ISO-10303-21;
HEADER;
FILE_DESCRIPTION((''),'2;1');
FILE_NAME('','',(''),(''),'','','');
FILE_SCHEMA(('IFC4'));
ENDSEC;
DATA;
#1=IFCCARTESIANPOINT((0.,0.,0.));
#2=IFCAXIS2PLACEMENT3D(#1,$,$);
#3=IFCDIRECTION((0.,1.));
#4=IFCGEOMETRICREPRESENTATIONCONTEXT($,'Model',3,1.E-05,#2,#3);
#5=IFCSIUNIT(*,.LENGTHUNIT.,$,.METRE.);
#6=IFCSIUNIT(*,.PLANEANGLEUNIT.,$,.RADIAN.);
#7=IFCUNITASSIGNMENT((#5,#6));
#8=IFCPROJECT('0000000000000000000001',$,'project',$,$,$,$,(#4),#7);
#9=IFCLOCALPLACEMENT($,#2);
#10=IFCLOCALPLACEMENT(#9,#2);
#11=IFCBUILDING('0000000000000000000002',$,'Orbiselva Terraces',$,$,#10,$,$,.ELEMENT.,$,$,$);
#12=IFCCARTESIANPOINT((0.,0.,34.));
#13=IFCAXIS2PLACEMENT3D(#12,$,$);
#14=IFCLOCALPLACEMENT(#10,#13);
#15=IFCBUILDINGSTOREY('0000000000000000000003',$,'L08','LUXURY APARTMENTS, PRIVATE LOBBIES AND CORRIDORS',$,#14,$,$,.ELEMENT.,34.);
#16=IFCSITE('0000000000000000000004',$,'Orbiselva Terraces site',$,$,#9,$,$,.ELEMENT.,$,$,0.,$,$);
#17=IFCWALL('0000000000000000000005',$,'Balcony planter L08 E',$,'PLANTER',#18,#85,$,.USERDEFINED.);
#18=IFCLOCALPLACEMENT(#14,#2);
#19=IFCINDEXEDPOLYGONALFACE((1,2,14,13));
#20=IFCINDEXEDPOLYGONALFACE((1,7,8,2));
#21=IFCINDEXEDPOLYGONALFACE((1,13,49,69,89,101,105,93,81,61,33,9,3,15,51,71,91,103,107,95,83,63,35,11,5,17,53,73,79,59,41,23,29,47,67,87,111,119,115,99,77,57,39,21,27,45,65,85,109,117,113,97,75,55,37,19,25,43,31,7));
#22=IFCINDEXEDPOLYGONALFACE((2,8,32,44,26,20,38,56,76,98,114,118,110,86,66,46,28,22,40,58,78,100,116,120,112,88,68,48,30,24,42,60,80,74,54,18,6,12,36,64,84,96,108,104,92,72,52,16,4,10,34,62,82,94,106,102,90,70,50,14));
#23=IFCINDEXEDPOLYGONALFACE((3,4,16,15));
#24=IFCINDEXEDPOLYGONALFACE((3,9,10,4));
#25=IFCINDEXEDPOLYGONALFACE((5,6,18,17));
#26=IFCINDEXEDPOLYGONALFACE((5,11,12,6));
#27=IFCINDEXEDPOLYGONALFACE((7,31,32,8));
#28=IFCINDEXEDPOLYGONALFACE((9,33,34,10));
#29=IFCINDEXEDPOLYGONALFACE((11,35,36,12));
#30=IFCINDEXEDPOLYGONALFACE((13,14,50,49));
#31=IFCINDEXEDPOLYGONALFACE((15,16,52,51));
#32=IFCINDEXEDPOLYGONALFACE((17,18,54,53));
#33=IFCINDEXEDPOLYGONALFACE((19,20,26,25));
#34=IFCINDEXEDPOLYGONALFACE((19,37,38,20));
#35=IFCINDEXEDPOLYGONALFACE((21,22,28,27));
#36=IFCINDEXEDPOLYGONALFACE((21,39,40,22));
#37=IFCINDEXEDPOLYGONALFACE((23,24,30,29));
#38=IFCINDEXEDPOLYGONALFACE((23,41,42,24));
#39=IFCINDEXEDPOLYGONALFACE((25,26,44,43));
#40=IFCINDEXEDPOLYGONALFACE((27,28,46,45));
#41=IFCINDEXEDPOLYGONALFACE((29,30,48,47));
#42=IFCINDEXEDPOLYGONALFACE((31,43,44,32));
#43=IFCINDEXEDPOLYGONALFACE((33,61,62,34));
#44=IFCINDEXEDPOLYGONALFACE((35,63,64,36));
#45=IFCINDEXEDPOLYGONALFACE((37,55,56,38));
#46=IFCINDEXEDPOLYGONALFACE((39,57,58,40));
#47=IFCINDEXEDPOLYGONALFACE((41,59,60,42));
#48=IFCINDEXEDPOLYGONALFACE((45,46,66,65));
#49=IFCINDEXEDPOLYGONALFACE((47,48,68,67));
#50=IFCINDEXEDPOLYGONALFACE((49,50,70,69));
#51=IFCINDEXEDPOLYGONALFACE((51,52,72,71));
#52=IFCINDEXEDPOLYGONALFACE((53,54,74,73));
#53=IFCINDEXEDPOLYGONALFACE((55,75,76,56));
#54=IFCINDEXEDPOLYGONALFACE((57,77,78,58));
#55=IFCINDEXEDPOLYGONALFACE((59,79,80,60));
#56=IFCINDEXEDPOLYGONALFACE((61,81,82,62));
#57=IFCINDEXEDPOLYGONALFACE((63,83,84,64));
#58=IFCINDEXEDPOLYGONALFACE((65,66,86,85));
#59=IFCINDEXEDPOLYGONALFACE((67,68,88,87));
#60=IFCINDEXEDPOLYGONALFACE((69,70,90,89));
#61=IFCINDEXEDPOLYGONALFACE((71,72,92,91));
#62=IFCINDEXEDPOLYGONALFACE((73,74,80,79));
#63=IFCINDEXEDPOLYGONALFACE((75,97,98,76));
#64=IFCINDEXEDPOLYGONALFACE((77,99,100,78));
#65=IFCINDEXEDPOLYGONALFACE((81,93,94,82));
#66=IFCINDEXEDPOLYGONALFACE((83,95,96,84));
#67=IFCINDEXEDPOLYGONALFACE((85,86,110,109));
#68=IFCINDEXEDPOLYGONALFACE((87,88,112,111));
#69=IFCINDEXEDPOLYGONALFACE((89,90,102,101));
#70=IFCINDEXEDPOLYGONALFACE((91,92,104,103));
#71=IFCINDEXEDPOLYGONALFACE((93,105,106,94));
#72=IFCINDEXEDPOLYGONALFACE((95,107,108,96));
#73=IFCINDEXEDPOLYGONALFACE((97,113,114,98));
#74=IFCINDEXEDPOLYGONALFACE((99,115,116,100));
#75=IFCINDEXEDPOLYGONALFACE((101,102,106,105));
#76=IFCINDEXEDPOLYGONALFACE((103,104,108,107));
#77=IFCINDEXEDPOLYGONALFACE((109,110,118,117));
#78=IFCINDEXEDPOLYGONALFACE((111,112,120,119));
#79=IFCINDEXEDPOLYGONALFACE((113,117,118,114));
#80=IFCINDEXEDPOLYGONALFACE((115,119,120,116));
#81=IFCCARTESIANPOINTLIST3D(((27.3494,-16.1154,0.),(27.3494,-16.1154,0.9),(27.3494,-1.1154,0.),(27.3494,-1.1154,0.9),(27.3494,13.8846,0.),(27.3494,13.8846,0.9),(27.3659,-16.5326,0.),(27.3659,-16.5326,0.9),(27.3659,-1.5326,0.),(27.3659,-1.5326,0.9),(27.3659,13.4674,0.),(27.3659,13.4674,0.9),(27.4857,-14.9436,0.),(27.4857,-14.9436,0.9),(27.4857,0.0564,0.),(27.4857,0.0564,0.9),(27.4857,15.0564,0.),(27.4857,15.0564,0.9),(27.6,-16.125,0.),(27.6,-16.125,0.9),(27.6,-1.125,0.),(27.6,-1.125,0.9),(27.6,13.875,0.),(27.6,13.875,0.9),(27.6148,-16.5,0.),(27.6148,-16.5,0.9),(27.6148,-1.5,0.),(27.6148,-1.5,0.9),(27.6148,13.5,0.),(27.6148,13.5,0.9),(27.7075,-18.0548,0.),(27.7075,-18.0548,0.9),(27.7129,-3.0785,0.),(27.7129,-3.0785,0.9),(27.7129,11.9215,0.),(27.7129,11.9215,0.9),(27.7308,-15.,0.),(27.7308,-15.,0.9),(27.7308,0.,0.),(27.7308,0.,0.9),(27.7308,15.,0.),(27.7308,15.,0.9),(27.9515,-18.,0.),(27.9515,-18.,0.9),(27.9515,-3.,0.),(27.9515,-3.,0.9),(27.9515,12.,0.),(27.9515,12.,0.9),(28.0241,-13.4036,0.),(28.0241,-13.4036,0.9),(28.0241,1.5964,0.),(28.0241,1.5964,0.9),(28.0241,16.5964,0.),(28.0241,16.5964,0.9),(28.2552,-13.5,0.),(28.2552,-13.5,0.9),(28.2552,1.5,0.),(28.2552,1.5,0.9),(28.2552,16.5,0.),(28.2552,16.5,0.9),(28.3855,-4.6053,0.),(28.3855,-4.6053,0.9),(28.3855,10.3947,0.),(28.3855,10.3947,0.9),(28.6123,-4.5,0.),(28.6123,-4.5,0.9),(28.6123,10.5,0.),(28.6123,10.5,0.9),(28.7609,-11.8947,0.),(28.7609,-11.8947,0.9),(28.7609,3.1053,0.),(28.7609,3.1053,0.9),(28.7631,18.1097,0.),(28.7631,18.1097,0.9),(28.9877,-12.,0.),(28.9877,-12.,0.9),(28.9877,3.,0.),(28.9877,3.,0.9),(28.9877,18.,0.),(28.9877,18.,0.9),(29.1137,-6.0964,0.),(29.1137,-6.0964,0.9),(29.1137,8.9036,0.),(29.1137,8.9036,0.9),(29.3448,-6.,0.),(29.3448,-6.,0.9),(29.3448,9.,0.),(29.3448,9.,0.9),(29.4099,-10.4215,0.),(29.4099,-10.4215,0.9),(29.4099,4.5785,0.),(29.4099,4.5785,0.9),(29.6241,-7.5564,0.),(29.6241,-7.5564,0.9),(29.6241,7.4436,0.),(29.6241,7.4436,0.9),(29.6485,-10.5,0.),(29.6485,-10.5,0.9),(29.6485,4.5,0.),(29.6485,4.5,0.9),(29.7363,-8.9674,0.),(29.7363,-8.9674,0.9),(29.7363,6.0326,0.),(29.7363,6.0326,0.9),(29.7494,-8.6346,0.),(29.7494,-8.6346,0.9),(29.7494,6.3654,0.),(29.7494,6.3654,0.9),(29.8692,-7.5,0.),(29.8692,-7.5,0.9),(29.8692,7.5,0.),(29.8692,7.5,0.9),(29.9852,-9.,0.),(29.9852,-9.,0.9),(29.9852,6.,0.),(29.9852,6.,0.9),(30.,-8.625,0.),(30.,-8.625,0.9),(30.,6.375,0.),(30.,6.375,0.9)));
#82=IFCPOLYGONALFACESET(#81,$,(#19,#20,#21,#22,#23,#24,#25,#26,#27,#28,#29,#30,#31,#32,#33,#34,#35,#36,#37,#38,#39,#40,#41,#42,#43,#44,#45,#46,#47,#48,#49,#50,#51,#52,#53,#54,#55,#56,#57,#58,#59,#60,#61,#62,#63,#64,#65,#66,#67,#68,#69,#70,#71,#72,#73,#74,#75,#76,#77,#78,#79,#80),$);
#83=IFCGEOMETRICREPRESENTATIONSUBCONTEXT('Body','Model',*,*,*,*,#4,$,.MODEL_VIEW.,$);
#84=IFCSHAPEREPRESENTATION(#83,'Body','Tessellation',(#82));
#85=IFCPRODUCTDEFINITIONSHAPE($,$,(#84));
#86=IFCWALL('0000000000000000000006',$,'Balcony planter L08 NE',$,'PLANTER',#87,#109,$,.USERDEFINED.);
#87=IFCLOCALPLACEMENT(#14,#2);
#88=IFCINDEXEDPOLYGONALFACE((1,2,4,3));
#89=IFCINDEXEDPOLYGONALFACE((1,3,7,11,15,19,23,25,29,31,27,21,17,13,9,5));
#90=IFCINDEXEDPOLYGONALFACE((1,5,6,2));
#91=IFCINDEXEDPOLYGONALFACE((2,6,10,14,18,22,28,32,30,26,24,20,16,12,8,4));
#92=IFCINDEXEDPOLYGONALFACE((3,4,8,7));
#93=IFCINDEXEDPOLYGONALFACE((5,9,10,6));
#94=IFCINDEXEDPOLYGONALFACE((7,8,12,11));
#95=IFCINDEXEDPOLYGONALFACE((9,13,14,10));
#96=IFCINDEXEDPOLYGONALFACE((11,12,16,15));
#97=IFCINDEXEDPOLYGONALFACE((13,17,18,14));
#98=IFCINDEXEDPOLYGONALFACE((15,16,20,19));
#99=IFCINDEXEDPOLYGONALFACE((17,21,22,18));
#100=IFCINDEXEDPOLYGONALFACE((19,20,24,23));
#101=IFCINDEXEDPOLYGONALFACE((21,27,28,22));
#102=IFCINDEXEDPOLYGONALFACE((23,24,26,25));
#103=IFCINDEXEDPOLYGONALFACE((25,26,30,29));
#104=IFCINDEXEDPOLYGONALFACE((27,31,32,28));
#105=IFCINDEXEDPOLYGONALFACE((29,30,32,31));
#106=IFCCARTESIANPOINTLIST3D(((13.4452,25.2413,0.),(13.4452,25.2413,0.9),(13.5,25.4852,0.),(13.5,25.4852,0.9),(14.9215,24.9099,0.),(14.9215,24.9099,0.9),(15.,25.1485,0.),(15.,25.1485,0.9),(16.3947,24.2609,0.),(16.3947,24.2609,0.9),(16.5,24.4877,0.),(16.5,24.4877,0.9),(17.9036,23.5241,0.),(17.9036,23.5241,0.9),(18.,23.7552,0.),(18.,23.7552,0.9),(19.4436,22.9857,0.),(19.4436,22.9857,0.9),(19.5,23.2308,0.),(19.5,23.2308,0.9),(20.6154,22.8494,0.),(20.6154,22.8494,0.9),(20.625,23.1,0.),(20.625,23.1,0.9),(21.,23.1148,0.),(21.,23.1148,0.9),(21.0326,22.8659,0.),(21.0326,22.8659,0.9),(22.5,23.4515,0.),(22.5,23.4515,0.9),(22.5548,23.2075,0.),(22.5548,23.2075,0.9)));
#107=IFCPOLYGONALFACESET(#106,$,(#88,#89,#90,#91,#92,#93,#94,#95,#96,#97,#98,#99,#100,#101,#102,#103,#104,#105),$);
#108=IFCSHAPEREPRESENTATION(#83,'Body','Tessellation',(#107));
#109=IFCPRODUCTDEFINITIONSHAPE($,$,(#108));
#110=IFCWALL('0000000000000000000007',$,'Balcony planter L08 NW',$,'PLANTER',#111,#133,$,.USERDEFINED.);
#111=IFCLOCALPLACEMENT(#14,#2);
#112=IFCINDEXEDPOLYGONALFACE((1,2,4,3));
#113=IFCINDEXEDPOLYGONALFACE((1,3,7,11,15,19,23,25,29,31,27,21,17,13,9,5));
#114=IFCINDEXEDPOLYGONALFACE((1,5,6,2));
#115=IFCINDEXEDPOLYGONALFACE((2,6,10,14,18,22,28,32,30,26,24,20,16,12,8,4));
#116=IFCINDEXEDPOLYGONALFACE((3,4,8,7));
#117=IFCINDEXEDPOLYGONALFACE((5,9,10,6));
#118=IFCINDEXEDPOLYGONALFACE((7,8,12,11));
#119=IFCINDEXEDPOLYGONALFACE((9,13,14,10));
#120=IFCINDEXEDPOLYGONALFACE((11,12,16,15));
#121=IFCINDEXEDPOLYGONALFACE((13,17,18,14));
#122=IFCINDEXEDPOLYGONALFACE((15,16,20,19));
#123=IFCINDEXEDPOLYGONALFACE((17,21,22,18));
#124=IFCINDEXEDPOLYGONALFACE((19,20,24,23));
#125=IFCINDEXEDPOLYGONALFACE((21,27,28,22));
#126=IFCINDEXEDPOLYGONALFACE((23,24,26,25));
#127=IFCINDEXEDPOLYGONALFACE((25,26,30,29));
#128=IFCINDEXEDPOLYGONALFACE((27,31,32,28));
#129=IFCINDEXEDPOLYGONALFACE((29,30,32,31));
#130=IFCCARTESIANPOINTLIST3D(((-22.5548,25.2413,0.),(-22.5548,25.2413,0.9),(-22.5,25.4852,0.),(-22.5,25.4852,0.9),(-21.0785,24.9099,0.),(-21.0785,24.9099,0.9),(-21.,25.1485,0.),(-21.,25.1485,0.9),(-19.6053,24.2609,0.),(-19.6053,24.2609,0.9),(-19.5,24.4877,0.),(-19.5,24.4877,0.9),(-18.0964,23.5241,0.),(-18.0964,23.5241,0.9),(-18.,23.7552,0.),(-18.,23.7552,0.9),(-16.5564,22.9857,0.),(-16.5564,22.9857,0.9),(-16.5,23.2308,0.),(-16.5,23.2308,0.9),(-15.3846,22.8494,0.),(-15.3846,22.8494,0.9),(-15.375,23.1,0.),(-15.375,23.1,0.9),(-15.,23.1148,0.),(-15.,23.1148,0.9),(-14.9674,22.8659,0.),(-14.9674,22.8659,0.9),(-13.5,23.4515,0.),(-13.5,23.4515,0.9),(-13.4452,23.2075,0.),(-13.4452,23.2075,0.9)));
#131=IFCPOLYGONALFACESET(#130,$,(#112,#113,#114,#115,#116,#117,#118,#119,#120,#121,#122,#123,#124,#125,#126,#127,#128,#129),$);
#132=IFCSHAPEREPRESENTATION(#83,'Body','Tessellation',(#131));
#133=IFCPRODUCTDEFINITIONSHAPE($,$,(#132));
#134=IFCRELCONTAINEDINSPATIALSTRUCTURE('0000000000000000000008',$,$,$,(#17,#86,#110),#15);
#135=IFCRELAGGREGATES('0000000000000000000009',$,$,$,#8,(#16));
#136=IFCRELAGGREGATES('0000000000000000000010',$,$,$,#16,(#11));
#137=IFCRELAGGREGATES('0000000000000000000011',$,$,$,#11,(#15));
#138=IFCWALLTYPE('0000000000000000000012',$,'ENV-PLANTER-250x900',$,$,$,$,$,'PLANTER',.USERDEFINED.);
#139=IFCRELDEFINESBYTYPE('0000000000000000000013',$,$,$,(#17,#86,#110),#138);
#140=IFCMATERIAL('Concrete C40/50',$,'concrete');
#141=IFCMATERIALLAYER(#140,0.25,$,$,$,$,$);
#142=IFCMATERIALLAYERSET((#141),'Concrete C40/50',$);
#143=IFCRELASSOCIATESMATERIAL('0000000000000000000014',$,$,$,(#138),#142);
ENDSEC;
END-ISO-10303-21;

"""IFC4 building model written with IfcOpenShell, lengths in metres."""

from ifc_helpers import new_model, si_unit, direction, frame, origin, place, context, subcontext, project, spatial, polyline, outline, extrude, material, layer, layer_set, type_object, element, save


model = new_model("IFC4")

# Units and contexts
model_context = context("Model", 3, precision=1e-05, world=origin(), true_north=direction((0.0, 1.0)))
body_context = subcontext(model_context, "Body", "Model", "MODEL_VIEW")
ifc_project = project(units=[si_unit("LENGTHUNIT", "METRE"), si_unit("PLANEANGLEUNIT", "RADIAN")], contexts=[model_context])

# Site, building, storey
site_placement = place(None, origin())
site = spatial("IfcSite", under=ifc_project, at=site_placement, Name="Orbiselva Terraces site", CompositionType="ELEMENT", RefElevation=0.0)
building_placement = place(site_placement, origin())
building = spatial("IfcBuilding", under=site, at=building_placement, Name="Orbiselva Terraces", CompositionType="ELEMENT")
storey_placement = place(building_placement, frame((0.0, 0.0, 34.0)))
storey = spatial("IfcBuildingStorey", under=building, at=storey_placement, Name="L08", Description="LUXURY APARTMENTS, PRIVATE LOBBIES AND CORRIDORS", CompositionType="ELEMENT", Elevation=34.0)

# Shared definitions
ifc_material_1 = material(Name="Concrete C40/50", Category="concrete")

# Walls
ifc_layer_1 = layer(ifc_material_1, 0.25)
ifc_layer_set_1 = layer_set([ifc_layer_1], Name="Concrete C40/50")
wall_type_1 = type_object("IfcWallType", Name="ENV-PLANTER-250x900", ElementType="PLANTER", PredefinedType="USERDEFINED", material=ifc_layer_set_1)
wall_1_placement = place(storey_placement, origin())
element("IfcWall", 1, at=wall_1_placement, inside=storey, type_object=wall_type_1, Name="Balcony planter L08 E", ObjectType="PLANTER", PredefinedType="USERDEFINED", context=body_context, shape_type="SweptSolid", body=[
    extrude(outline(polyline([(27.9515, -18.0), (27.6148, -16.5), (27.6, -16.125), (27.7308, -15.0), (28.2552, -13.5), (28.9877, -12.0), (29.6485, -10.5), (29.9852, -9.0), (30.0, -8.625), (29.8692, -7.5), (29.3448, -6.0), (28.6123, -4.5), (27.9515, -3.0), (27.6148, -1.5), (27.6, -1.125), (27.7308, 0.0), (28.2552, 1.5), (28.9877, 3.0), (29.6485, 4.5), (29.9852, 6.0), (30.0, 6.375), (29.8692, 7.5), (29.3448, 9.0), (28.6123, 10.5), (27.9515, 12.0), (27.6148, 13.5), (27.6, 13.875), (27.7308, 15.0), (28.2552, 16.5), (28.9877, 18.0), (28.7631, 18.1097), (28.0241, 16.5964), (27.4857, 15.0564), (27.3494, 13.8846), (27.3659, 13.4674), (27.7129, 11.9215), (28.3855, 10.3947), (29.1137, 8.9036), (29.6241, 7.4436), (29.7494, 6.3654), (29.7363, 6.0326), (29.4099, 4.5785), (28.7609, 3.1053), (28.0241, 1.5964), (27.4857, 0.0564), (27.3494, -1.1154), (27.3659, -1.5326), (27.7129, -3.0785), (28.3855, -4.6053), (29.1137, -6.0964), (29.6241, -7.5564), (29.7494, -8.6346), (29.7363, -8.9674), (29.4099, -10.4215), (28.7609, -11.8947), (28.0241, -13.4036), (27.4857, -14.9436), (27.3494, -16.1154), (27.3659, -16.5326), (27.7075, -18.0548), (27.9515, -18.0)])), origin(), (0.0, 0.0, 1.0), 0.9),
])
wall_2_placement = place(storey_placement, origin())
element("IfcWall", 2, at=wall_2_placement, inside=storey, type_object=wall_type_1, Name="Balcony planter L08 NE", ObjectType="PLANTER", PredefinedType="USERDEFINED", context=body_context, shape_type="SweptSolid", body=[
    extrude(outline(polyline([(22.5, 23.4515), (21.0, 23.1148), (20.625, 23.1), (19.5, 23.2308), (18.0, 23.7552), (16.5, 24.4877), (15.0, 25.1485), (13.5, 25.4852), (13.4452, 25.2413), (14.9215, 24.9099), (16.3947, 24.2609), (17.9036, 23.5241), (19.4436, 22.9857), (20.6154, 22.8494), (21.0326, 22.8659), (22.5548, 23.2075), (22.5, 23.4515)])), origin(), (0.0, 0.0, 1.0), 0.9),
])
wall_3_placement = place(storey_placement, origin())
element("IfcWall", 3, at=wall_3_placement, inside=storey, type_object=wall_type_1, Name="Balcony planter L08 NW", ObjectType="PLANTER", PredefinedType="USERDEFINED", context=body_context, shape_type="SweptSolid", body=[
    extrude(outline(polyline([(-13.5, 23.4515), (-15.0, 23.1148), (-15.375, 23.1), (-16.5, 23.2308), (-18.0, 23.7552), (-19.5, 24.4877), (-21.0, 25.1485), (-22.5, 25.4852), (-22.5548, 25.2413), (-21.0785, 24.9099), (-19.6053, 24.2609), (-18.0964, 23.5241), (-16.5564, 22.9857), (-15.3846, 22.8494), (-14.9674, 22.8659), (-13.4452, 23.2075), (-13.5, 23.4515)])), origin(), (0.0, 0.0, 1.0), 0.9),
])

save(model, "model.ifc")
